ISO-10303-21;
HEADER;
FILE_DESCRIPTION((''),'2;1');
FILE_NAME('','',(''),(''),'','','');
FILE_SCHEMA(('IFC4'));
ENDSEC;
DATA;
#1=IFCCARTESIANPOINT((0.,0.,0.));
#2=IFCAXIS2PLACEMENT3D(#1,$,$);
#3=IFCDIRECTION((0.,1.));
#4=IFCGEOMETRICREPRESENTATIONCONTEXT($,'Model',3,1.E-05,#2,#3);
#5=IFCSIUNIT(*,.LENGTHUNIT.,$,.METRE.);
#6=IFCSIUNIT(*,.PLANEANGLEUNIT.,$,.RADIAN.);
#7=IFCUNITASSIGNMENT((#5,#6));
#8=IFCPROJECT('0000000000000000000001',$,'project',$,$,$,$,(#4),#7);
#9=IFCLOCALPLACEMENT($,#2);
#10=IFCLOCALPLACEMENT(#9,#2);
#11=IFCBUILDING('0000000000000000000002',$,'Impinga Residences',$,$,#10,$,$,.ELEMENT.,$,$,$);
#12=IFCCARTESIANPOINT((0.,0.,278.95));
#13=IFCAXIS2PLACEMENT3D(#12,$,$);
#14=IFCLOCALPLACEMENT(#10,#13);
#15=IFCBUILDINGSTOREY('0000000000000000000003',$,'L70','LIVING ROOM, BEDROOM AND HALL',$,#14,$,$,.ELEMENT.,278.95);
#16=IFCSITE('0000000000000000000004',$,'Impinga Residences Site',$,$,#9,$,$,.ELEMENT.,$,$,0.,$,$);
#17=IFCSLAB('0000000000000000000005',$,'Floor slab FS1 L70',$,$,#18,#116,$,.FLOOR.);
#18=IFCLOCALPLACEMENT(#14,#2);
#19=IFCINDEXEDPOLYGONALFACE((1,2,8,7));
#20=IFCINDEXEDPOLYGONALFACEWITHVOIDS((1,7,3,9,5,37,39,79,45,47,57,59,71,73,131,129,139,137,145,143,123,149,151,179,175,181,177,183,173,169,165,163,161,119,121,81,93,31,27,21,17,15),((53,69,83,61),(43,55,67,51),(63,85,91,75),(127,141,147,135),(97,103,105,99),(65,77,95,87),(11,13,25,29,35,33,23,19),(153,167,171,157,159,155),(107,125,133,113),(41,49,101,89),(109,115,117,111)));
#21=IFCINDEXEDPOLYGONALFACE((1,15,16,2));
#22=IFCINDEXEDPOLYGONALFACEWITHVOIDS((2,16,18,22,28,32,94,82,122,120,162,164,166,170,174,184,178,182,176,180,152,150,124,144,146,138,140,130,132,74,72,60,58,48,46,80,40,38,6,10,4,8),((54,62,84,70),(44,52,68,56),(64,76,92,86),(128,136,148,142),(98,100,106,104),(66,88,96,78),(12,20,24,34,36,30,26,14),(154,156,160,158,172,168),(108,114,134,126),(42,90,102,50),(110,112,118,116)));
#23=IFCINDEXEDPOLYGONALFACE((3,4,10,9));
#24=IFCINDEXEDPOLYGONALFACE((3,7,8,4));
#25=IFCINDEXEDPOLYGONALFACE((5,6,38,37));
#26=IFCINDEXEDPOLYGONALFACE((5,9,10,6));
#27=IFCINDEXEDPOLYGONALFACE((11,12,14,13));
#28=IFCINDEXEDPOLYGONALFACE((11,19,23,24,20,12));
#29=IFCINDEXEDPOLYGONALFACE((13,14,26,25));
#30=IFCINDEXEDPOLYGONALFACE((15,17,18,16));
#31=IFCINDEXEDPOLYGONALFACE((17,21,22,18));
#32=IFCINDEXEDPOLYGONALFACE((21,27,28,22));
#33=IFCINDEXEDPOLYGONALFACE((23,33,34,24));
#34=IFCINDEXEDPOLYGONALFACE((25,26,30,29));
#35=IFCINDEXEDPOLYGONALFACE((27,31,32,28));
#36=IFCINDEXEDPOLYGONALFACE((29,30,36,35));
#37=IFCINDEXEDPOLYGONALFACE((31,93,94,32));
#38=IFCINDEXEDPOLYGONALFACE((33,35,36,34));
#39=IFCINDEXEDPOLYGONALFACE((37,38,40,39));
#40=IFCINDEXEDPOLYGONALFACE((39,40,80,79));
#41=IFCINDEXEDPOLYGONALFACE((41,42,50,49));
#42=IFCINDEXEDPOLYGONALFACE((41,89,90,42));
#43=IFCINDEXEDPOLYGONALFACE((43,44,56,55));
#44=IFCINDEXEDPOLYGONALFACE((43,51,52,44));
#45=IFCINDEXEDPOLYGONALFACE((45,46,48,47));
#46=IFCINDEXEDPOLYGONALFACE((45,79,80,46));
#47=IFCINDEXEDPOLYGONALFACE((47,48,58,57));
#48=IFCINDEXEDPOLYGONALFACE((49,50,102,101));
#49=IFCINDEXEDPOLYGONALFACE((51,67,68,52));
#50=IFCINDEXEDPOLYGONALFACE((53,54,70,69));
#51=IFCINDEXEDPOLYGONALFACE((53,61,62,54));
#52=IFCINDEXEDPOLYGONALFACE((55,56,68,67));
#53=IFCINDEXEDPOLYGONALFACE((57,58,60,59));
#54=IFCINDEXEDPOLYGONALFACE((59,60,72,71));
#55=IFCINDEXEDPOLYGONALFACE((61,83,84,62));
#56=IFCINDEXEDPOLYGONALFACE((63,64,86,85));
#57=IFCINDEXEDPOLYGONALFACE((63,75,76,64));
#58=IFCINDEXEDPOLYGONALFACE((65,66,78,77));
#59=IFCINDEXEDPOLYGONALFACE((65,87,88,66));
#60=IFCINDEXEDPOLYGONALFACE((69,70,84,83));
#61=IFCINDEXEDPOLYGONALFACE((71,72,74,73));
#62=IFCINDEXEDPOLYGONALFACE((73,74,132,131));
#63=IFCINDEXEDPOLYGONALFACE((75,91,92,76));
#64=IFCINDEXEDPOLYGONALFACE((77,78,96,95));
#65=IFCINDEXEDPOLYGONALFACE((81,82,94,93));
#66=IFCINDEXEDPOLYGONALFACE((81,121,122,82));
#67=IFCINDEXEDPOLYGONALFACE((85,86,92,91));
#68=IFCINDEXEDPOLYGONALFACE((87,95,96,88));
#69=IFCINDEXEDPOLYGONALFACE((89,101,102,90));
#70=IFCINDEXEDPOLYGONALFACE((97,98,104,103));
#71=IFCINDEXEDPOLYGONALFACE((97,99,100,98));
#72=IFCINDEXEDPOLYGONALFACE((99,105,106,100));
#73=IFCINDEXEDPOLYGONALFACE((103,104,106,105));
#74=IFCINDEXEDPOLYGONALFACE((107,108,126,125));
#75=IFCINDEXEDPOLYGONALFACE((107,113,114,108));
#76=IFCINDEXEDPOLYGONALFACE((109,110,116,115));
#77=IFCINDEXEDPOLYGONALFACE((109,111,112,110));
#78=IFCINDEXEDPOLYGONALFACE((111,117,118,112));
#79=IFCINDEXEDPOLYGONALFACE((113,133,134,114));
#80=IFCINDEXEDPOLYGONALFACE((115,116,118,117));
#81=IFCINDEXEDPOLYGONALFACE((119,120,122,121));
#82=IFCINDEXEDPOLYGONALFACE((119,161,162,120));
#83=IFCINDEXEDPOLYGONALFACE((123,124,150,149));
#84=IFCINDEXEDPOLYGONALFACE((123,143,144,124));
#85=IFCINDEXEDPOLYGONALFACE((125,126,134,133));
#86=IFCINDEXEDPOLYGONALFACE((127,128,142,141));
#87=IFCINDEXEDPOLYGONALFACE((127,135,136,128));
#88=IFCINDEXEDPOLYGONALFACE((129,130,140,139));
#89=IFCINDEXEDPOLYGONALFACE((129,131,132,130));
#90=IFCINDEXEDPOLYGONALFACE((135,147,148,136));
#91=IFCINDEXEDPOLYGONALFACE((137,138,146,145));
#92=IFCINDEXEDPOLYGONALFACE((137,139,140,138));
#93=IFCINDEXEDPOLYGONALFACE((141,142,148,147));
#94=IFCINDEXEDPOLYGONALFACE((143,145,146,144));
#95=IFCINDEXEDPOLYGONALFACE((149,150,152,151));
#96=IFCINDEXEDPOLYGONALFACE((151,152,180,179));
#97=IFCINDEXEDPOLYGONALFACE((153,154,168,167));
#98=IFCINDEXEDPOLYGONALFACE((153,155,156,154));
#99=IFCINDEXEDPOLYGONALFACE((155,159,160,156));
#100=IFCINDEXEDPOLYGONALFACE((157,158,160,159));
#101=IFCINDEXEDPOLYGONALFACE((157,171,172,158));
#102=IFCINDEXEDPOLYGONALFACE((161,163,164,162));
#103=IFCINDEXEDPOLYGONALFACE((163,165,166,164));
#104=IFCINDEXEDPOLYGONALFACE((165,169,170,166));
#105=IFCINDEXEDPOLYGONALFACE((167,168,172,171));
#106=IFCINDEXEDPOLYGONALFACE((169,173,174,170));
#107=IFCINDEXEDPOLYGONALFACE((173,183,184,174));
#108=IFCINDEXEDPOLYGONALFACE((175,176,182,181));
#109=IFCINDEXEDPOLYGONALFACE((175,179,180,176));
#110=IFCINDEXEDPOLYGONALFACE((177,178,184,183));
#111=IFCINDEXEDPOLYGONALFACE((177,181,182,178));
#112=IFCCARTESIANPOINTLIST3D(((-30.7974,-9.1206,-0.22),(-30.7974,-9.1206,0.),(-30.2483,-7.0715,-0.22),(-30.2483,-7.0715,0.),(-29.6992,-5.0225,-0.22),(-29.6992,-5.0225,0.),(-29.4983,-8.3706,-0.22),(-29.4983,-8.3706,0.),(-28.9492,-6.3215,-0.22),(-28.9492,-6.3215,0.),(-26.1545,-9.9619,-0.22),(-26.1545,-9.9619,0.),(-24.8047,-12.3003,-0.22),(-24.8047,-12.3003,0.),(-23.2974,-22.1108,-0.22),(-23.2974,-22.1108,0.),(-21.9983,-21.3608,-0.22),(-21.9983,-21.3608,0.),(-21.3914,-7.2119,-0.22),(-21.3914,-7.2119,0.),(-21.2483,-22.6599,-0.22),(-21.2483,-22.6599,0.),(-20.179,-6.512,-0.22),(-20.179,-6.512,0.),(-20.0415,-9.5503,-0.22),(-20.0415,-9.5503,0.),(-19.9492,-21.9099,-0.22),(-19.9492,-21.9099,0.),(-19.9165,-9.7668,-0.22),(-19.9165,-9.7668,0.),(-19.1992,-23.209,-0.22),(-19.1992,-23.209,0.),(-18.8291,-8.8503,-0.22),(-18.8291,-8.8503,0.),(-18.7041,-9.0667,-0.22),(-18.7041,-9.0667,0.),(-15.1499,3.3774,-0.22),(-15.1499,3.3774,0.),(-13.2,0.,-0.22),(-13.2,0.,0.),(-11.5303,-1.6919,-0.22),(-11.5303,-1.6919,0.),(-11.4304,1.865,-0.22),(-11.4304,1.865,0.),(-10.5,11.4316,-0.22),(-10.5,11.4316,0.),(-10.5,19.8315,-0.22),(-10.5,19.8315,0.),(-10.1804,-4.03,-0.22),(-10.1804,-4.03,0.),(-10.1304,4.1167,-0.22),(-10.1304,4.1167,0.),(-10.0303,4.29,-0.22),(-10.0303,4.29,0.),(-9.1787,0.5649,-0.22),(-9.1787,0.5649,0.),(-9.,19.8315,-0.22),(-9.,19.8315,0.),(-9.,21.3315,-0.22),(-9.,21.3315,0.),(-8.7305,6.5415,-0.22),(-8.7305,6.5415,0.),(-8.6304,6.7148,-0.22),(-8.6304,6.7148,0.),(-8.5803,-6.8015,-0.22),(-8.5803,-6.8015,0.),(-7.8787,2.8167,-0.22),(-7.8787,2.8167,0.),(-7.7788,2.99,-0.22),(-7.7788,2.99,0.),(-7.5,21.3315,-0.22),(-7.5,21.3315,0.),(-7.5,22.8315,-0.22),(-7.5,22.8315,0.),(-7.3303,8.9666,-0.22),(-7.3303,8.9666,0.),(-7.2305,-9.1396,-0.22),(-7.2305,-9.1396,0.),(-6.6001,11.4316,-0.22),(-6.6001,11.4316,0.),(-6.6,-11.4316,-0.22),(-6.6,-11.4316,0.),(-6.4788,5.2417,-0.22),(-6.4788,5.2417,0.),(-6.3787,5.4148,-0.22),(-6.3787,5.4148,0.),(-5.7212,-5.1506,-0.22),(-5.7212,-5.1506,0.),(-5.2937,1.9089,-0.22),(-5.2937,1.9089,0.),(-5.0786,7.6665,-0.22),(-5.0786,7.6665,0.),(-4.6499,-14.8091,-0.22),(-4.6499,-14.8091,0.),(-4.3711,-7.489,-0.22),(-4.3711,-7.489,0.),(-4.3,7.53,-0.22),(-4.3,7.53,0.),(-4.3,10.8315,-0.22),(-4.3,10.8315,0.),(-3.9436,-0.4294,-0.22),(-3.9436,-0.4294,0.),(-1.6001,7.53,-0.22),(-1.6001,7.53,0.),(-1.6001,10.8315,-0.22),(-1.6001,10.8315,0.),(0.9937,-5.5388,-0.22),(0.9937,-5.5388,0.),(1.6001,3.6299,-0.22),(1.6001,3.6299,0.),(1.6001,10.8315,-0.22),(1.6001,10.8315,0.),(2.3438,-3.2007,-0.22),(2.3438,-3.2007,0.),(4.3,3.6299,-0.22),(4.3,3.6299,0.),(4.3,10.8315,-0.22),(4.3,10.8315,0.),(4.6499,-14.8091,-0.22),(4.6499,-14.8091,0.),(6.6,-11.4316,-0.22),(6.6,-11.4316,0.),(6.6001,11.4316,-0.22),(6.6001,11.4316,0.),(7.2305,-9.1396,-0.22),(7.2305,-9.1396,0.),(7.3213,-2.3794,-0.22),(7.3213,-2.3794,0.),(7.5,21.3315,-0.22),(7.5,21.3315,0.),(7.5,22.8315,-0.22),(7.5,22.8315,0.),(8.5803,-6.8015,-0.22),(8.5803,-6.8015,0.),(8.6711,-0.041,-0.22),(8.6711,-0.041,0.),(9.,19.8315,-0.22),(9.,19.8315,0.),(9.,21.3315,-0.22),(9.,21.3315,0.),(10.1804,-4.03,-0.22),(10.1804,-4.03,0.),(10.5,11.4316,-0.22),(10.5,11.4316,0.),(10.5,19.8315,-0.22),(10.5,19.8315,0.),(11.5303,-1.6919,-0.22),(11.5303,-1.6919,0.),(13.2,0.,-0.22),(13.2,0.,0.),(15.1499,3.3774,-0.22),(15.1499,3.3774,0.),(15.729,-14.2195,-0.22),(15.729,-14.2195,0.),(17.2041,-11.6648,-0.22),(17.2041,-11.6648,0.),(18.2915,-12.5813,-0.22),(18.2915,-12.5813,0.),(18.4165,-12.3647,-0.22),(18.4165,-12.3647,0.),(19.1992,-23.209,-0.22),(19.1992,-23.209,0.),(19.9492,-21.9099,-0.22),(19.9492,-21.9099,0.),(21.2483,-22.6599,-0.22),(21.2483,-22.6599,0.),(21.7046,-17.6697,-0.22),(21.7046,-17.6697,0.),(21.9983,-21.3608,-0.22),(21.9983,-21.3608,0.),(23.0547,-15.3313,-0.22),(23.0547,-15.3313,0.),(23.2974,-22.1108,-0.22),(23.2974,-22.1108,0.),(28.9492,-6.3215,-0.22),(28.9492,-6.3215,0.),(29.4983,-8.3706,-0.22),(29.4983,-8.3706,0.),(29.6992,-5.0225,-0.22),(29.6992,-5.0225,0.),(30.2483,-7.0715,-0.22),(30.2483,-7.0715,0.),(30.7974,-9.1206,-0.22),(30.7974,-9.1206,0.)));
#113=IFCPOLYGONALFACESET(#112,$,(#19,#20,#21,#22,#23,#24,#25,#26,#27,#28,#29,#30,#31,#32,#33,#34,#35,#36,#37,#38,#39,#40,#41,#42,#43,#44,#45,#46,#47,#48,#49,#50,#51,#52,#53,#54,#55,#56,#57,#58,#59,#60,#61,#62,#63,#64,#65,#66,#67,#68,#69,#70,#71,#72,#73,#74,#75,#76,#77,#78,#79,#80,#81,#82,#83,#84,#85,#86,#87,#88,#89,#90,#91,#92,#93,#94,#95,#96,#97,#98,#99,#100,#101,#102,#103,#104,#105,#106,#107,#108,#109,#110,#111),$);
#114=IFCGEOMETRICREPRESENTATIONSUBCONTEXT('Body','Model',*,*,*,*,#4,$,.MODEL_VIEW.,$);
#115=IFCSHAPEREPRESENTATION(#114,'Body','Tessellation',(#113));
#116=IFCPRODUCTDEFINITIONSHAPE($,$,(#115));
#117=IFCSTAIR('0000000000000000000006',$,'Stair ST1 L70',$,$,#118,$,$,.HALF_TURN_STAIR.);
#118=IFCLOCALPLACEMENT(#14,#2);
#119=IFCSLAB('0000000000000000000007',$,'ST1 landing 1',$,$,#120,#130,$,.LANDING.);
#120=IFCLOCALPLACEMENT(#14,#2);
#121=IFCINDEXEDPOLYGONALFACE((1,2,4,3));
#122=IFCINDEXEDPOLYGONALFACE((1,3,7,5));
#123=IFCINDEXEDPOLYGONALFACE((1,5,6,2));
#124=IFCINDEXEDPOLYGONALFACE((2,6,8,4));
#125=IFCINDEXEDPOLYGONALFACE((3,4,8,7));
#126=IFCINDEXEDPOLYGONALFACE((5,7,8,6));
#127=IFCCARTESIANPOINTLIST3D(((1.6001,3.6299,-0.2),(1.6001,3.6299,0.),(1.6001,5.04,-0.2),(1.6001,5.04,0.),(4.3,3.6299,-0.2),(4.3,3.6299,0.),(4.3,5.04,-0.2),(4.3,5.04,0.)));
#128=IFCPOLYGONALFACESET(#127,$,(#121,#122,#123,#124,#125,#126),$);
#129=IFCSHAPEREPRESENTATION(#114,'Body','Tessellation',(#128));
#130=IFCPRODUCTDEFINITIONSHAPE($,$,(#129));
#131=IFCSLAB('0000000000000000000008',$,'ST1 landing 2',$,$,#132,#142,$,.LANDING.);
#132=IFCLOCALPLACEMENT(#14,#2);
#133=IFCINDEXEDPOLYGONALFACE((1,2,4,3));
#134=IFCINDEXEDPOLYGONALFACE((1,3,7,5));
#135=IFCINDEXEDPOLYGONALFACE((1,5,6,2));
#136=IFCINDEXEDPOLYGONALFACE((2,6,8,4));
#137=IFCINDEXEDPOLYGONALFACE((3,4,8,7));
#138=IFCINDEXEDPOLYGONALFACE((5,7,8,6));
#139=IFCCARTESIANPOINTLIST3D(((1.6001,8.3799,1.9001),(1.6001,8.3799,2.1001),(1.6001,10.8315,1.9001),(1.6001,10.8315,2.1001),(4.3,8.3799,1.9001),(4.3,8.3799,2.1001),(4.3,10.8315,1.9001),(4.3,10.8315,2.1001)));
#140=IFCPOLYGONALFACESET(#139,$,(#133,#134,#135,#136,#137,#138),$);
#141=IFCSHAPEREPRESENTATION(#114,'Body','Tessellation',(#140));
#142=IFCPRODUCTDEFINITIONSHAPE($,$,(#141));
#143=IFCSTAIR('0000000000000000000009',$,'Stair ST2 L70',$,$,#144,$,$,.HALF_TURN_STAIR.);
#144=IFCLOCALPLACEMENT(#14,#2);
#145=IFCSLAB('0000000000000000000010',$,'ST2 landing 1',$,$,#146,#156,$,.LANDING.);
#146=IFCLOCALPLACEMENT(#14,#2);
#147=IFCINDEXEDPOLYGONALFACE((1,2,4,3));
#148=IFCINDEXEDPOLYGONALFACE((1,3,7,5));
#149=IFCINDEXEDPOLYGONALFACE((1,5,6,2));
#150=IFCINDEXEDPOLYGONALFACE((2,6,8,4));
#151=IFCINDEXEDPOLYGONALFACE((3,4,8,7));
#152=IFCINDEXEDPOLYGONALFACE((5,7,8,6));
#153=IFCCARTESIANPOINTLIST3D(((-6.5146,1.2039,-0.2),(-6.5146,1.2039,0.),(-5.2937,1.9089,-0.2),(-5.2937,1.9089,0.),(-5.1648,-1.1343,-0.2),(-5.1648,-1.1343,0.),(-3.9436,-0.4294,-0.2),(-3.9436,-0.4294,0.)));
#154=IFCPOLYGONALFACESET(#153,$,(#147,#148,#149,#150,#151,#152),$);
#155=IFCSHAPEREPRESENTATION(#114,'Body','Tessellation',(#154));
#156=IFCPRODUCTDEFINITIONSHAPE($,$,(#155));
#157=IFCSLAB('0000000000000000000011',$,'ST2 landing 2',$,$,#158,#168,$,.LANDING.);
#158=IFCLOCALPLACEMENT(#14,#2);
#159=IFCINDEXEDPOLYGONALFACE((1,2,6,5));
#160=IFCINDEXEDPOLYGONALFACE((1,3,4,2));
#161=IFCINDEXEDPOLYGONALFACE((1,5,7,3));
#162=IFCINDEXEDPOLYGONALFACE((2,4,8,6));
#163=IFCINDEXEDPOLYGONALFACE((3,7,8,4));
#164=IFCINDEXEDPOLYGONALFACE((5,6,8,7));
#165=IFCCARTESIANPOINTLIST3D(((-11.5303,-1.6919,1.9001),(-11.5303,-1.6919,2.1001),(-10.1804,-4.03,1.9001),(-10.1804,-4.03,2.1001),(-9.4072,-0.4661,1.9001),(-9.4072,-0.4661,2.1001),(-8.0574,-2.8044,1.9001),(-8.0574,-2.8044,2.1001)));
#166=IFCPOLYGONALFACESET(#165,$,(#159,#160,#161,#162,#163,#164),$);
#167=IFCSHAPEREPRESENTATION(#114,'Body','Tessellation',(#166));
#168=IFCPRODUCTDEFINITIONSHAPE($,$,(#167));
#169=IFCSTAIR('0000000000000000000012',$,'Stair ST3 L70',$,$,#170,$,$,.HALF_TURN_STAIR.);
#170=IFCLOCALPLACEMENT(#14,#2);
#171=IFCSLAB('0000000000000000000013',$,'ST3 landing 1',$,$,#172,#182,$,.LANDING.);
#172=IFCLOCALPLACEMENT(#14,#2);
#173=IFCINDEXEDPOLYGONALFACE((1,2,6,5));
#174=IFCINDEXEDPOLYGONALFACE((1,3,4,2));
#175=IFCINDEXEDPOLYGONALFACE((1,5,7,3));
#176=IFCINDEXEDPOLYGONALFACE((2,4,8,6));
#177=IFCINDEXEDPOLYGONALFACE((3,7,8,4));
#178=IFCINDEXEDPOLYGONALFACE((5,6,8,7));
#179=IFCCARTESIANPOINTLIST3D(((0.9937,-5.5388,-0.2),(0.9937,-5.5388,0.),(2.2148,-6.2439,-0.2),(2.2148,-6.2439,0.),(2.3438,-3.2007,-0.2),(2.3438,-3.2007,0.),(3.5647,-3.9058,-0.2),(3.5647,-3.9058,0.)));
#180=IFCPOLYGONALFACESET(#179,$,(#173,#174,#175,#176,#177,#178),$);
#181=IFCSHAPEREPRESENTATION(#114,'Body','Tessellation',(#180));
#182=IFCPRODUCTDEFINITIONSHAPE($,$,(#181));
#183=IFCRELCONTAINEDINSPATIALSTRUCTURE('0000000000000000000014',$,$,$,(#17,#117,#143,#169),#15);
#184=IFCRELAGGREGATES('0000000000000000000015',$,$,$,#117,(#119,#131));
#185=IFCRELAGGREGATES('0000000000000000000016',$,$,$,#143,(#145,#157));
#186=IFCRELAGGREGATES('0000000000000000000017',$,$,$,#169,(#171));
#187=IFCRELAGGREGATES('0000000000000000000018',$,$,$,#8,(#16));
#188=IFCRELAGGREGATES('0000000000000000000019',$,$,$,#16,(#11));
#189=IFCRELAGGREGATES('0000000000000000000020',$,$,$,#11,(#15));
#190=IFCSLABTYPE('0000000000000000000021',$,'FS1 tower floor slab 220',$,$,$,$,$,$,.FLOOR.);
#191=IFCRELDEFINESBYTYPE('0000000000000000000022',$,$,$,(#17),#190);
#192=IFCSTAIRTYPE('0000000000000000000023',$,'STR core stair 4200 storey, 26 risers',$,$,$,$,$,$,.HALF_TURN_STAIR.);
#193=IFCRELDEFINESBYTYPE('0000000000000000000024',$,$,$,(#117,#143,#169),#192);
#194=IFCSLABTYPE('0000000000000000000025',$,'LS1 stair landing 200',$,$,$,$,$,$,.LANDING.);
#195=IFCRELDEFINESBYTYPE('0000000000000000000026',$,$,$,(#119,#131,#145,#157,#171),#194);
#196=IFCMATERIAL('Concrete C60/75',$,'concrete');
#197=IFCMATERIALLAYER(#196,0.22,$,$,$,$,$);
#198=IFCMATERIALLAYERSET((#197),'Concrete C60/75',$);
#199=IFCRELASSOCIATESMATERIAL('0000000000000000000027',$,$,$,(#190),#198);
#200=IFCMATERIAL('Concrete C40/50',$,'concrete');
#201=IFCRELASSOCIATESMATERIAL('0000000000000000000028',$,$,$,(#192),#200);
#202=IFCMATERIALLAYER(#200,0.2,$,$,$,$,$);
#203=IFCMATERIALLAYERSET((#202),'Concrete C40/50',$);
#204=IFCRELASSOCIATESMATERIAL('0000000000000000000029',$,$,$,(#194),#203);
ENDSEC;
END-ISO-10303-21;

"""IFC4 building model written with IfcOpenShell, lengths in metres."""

from ifc_helpers import new_model, si_unit, direction, frame, origin, place, context, subcontext, project, spatial, polyline, outline, extrude, material, layer, layer_set, type_object, element, aggregate, save


model = new_model("IFC4")

# Units and contexts
model_context = context("Model", 3, precision=1e-05, world=origin(), true_north=direction((0.0, 1.0)))
body_context = subcontext(model_context, "Body", "Model", "MODEL_VIEW")
ifc_project = project(units=[si_unit("LENGTHUNIT", "METRE"), si_unit("PLANEANGLEUNIT", "RADIAN")], contexts=[model_context])

# Site, building, storey
site_placement = place(None, origin())
site = spatial("IfcSite", under=ifc_project, at=site_placement, Name="Impinga Residences Site", CompositionType="ELEMENT", RefElevation=0.0)
building_placement = place(site_placement, origin())
building = spatial("IfcBuilding", under=site, at=building_placement, Name="Impinga Residences", CompositionType="ELEMENT")
storey_placement = place(building_placement, frame((0.0, 0.0, 278.95)))
storey = spatial("IfcBuildingStorey", under=building, at=storey_placement, Name="L70", Description="LIVING ROOM, BEDROOM AND HALL", CompositionType="ELEMENT", Elevation=278.95)

# Slab
ifc_material_1 = material(Name="Concrete C60/75", Category="concrete")
ifc_layer_1 = layer(ifc_material_1, 0.22)
ifc_layer_set_1 = layer_set([ifc_layer_1], Name="Concrete C60/75")
slab_type_1 = type_object("IfcSlabType", Name="FS1 tower floor slab 220", PredefinedType="FLOOR", material=ifc_layer_set_1)
slab_1_placement = place(storey_placement, frame((0.0, 0.0, -0.22)))
element("IfcSlab", 1, at=slab_1_placement, inside=storey, type_object=slab_type_1, Name="Floor slab FS1 L70", PredefinedType="FLOOR", context=body_context, shape_type="SweptSolid", body=[
    extrude(outline(polyline([(-19.9492, -21.9099), (-21.2483, -22.6599), (-21.9983, -21.3608), (-23.2974, -22.1108), (-30.7974, -9.1206), (-29.4983, -8.3706), (-30.2483, -7.0715), (-28.9492, -6.3215), (-29.6992, -5.0225), (-15.1499, 3.3774), (-13.2, 0.0), (-6.6001, 11.4316), (-10.5, 11.4316), (-10.5, 19.8315), (-9.0, 19.8315), (-9.0, 21.3315), (-7.5, 21.3315), (-7.5, 22.8315), (7.5, 22.8315), (7.5, 21.3315), (9.0, 21.3315), (9.0, 19.8315), (10.5, 19.8315), (10.5, 11.4316), (6.6001, 11.4316), (13.2, 0.0), (15.1499, 3.3774), (29.6992, -5.0225), (28.9492, -6.3215), (30.2483, -7.0715), (29.4983, -8.3706), (30.7974, -9.1206), (23.2974, -22.1108), (21.9983, -21.3608), (21.2483, -22.6599), (19.9492, -21.9099), (19.1992, -23.209), (4.6499, -14.8091), (9.9001, -5.7158), (6.6001, -11.4316), (-6.6001, -11.4316), (-9.9001, -5.7158), (-4.6499, -14.8091), (-19.1992, -23.209), (-19.9492, -21.9099)]), holes=[polyline([(-18.8291, -8.8503), (-18.8291, -8.8503), (-20.179, -6.512), (-21.3914, -7.2119), (-21.3914, -7.2119), (-26.1545, -9.9619), (-24.8047, -12.3003), (-20.0415, -9.5503), (-19.9165, -9.7668), (-18.7041, -9.0667), (-18.8291, -8.8503)]), polyline([(-5.7212, -5.1506), (-8.5803, -6.8015), (-7.2305, -9.1396), (-4.3711, -7.489), (-5.7212, -5.1506)]), polyline([(-5.2937, 1.9089), (-11.5303, -1.6919), (-10.1804, -4.03), (-3.9436, -0.4294), (-5.2937, 1.9089)]), polyline([(-7.8787, 2.8167), (-10.1304, 4.1167), (-11.4304, 1.865), (-9.1787, 0.5649), (-7.8787, 2.8167)]), polyline([(-6.4788, 5.2417), (-8.7305, 6.5415), (-10.0303, 4.29), (-7.7788, 2.99), (-6.4788, 5.2417)]), polyline([(-5.0786, 7.6665), (-7.3303, 8.9666), (-8.6304, 6.7148), (-6.3787, 5.4148), (-5.0786, 7.6665)]), polyline([(15.729, -14.2195), (21.7046, -17.6697), (23.0547, -15.3313), (18.2915, -12.5813), (18.4165, -12.3647), (17.2041, -11.6648), (15.729, -14.2195)]), polyline([(0.9937, -5.5388), (7.2305, -9.1396), (8.5803, -6.8015), (2.3438, -3.2007), (0.9937, -5.5388)]), polyline([(7.3213, -2.3794), (10.1804, -4.03), (11.5303, -1.6919), (8.6711, -0.041), (7.3213, -2.3794)]), polyline([(4.3, 3.6299), (4.3, 10.8315), (1.6001, 10.8315), (1.6001, 3.6299), (4.3, 3.6299)]), polyline([(-1.6001, 7.53), (-1.6001, 10.8315), (-4.3, 10.8315), (-4.3, 7.53), (-1.6001, 7.53)])]), origin(), (0.0, 0.0, 1.0), 0.22),
])

# Stairs, slabs
ifc_material_2 = material(Name="Concrete C40/50", Category="concrete")
stair_type_1 = type_object("IfcStairType", Name="STR core stair 4200 storey, 26 risers", PredefinedType="HALF_TURN_STAIR", material=ifc_material_2)
stair_1_placement = place(storey_placement, origin())
stair_1 = element("IfcStair", 2, at=stair_1_placement, inside=storey, type_object=stair_type_1, Name="Stair ST1 L70", PredefinedType="HALF_TURN_STAIR")
ifc_layer_2 = layer(ifc_material_2, 0.2)
ifc_layer_set_2 = layer_set([ifc_layer_2], Name="Concrete C40/50")
slab_type_2 = type_object("IfcSlabType", Name="LS1 stair landing 200", PredefinedType="LANDING", material=ifc_layer_set_2)
slab_2_placement = place(storey_placement, frame((0.0, 0.0, -0.2)))
slab_2 = element("IfcSlab", 3, at=slab_2_placement, type_object=slab_type_2, Name="ST1 landing 1", PredefinedType="LANDING", context=body_context, shape_type="SweptSolid", body=[
    extrude(outline(polyline([(1.6001, 3.6299), (4.3, 3.6299), (4.3, 5.04), (1.6001, 5.04), (1.6001, 3.6299)])), origin(), (0.0, 0.0, 1.0), 0.2),
])
slab_3_placement = place(storey_placement, frame((0.0, 0.0, 1.9001)))
slab_3 = element("IfcSlab", 4, at=slab_3_placement, type_object=slab_type_2, Name="ST1 landing 2", PredefinedType="LANDING", context=body_context, shape_type="SweptSolid", body=[
    extrude(outline(polyline([(1.6001, 8.3799), (4.3, 8.3799), (4.3, 10.8315), (1.6001, 10.8315), (1.6001, 8.3799)])), origin(), (0.0, 0.0, 1.0), 0.2),
])
aggregate(stair_1, [slab_2, slab_3])
stair_2_placement = place(storey_placement, origin())
stair_2 = element("IfcStair", 5, at=stair_2_placement, inside=storey, type_object=stair_type_1, Name="Stair ST2 L70", PredefinedType="HALF_TURN_STAIR")
slab_4_placement = place(storey_placement, frame((0.0, 0.0, -0.2)))
slab_4 = element("IfcSlab", 6, at=slab_4_placement, type_object=slab_type_2, Name="ST2 landing 1", PredefinedType="LANDING", context=body_context, shape_type="SweptSolid", body=[
    extrude(outline(polyline([(-3.9436, -0.4294), (-5.2937, 1.9089), (-6.5146, 1.2039), (-5.1648, -1.1343), (-3.9436, -0.4294)])), origin(), (0.0, 0.0, 1.0), 0.2),
])
slab_5_placement = place(storey_placement, frame((0.0, 0.0, 1.9001)))
slab_5 = element("IfcSlab", 7, at=slab_5_placement, type_object=slab_type_2, Name="ST2 landing 2", PredefinedType="LANDING", context=body_context, shape_type="SweptSolid", body=[
    extrude(outline(polyline([(-8.0574, -2.8044), (-9.4072, -0.4661), (-11.5303, -1.6919), (-10.1804, -4.03), (-8.0574, -2.8044)])), origin(), (0.0, 0.0, 1.0), 0.2),
])
aggregate(stair_2, [slab_4, slab_5])
stair_3_placement = place(storey_placement, origin())
stair_3 = element("IfcStair", 8, at=stair_3_placement, inside=storey, type_object=stair_type_1, Name="Stair ST3 L70", PredefinedType="HALF_TURN_STAIR")
slab_6_placement = place(storey_placement, frame((0.0, 0.0, -0.2)))
slab_6 = element("IfcSlab", 9, at=slab_6_placement, type_object=slab_type_2, Name="ST3 landing 1", PredefinedType="LANDING", context=body_context, shape_type="SweptSolid", body=[
    extrude(outline(polyline([(2.3438, -3.2007), (0.9937, -5.5388), (2.2148, -6.2439), (3.5647, -3.9058), (2.3438, -3.2007)])), origin(), (0.0, 0.0, 1.0), 0.2),
])
aggregate(stair_3, [slab_6])

save(model, "model.ifc")
